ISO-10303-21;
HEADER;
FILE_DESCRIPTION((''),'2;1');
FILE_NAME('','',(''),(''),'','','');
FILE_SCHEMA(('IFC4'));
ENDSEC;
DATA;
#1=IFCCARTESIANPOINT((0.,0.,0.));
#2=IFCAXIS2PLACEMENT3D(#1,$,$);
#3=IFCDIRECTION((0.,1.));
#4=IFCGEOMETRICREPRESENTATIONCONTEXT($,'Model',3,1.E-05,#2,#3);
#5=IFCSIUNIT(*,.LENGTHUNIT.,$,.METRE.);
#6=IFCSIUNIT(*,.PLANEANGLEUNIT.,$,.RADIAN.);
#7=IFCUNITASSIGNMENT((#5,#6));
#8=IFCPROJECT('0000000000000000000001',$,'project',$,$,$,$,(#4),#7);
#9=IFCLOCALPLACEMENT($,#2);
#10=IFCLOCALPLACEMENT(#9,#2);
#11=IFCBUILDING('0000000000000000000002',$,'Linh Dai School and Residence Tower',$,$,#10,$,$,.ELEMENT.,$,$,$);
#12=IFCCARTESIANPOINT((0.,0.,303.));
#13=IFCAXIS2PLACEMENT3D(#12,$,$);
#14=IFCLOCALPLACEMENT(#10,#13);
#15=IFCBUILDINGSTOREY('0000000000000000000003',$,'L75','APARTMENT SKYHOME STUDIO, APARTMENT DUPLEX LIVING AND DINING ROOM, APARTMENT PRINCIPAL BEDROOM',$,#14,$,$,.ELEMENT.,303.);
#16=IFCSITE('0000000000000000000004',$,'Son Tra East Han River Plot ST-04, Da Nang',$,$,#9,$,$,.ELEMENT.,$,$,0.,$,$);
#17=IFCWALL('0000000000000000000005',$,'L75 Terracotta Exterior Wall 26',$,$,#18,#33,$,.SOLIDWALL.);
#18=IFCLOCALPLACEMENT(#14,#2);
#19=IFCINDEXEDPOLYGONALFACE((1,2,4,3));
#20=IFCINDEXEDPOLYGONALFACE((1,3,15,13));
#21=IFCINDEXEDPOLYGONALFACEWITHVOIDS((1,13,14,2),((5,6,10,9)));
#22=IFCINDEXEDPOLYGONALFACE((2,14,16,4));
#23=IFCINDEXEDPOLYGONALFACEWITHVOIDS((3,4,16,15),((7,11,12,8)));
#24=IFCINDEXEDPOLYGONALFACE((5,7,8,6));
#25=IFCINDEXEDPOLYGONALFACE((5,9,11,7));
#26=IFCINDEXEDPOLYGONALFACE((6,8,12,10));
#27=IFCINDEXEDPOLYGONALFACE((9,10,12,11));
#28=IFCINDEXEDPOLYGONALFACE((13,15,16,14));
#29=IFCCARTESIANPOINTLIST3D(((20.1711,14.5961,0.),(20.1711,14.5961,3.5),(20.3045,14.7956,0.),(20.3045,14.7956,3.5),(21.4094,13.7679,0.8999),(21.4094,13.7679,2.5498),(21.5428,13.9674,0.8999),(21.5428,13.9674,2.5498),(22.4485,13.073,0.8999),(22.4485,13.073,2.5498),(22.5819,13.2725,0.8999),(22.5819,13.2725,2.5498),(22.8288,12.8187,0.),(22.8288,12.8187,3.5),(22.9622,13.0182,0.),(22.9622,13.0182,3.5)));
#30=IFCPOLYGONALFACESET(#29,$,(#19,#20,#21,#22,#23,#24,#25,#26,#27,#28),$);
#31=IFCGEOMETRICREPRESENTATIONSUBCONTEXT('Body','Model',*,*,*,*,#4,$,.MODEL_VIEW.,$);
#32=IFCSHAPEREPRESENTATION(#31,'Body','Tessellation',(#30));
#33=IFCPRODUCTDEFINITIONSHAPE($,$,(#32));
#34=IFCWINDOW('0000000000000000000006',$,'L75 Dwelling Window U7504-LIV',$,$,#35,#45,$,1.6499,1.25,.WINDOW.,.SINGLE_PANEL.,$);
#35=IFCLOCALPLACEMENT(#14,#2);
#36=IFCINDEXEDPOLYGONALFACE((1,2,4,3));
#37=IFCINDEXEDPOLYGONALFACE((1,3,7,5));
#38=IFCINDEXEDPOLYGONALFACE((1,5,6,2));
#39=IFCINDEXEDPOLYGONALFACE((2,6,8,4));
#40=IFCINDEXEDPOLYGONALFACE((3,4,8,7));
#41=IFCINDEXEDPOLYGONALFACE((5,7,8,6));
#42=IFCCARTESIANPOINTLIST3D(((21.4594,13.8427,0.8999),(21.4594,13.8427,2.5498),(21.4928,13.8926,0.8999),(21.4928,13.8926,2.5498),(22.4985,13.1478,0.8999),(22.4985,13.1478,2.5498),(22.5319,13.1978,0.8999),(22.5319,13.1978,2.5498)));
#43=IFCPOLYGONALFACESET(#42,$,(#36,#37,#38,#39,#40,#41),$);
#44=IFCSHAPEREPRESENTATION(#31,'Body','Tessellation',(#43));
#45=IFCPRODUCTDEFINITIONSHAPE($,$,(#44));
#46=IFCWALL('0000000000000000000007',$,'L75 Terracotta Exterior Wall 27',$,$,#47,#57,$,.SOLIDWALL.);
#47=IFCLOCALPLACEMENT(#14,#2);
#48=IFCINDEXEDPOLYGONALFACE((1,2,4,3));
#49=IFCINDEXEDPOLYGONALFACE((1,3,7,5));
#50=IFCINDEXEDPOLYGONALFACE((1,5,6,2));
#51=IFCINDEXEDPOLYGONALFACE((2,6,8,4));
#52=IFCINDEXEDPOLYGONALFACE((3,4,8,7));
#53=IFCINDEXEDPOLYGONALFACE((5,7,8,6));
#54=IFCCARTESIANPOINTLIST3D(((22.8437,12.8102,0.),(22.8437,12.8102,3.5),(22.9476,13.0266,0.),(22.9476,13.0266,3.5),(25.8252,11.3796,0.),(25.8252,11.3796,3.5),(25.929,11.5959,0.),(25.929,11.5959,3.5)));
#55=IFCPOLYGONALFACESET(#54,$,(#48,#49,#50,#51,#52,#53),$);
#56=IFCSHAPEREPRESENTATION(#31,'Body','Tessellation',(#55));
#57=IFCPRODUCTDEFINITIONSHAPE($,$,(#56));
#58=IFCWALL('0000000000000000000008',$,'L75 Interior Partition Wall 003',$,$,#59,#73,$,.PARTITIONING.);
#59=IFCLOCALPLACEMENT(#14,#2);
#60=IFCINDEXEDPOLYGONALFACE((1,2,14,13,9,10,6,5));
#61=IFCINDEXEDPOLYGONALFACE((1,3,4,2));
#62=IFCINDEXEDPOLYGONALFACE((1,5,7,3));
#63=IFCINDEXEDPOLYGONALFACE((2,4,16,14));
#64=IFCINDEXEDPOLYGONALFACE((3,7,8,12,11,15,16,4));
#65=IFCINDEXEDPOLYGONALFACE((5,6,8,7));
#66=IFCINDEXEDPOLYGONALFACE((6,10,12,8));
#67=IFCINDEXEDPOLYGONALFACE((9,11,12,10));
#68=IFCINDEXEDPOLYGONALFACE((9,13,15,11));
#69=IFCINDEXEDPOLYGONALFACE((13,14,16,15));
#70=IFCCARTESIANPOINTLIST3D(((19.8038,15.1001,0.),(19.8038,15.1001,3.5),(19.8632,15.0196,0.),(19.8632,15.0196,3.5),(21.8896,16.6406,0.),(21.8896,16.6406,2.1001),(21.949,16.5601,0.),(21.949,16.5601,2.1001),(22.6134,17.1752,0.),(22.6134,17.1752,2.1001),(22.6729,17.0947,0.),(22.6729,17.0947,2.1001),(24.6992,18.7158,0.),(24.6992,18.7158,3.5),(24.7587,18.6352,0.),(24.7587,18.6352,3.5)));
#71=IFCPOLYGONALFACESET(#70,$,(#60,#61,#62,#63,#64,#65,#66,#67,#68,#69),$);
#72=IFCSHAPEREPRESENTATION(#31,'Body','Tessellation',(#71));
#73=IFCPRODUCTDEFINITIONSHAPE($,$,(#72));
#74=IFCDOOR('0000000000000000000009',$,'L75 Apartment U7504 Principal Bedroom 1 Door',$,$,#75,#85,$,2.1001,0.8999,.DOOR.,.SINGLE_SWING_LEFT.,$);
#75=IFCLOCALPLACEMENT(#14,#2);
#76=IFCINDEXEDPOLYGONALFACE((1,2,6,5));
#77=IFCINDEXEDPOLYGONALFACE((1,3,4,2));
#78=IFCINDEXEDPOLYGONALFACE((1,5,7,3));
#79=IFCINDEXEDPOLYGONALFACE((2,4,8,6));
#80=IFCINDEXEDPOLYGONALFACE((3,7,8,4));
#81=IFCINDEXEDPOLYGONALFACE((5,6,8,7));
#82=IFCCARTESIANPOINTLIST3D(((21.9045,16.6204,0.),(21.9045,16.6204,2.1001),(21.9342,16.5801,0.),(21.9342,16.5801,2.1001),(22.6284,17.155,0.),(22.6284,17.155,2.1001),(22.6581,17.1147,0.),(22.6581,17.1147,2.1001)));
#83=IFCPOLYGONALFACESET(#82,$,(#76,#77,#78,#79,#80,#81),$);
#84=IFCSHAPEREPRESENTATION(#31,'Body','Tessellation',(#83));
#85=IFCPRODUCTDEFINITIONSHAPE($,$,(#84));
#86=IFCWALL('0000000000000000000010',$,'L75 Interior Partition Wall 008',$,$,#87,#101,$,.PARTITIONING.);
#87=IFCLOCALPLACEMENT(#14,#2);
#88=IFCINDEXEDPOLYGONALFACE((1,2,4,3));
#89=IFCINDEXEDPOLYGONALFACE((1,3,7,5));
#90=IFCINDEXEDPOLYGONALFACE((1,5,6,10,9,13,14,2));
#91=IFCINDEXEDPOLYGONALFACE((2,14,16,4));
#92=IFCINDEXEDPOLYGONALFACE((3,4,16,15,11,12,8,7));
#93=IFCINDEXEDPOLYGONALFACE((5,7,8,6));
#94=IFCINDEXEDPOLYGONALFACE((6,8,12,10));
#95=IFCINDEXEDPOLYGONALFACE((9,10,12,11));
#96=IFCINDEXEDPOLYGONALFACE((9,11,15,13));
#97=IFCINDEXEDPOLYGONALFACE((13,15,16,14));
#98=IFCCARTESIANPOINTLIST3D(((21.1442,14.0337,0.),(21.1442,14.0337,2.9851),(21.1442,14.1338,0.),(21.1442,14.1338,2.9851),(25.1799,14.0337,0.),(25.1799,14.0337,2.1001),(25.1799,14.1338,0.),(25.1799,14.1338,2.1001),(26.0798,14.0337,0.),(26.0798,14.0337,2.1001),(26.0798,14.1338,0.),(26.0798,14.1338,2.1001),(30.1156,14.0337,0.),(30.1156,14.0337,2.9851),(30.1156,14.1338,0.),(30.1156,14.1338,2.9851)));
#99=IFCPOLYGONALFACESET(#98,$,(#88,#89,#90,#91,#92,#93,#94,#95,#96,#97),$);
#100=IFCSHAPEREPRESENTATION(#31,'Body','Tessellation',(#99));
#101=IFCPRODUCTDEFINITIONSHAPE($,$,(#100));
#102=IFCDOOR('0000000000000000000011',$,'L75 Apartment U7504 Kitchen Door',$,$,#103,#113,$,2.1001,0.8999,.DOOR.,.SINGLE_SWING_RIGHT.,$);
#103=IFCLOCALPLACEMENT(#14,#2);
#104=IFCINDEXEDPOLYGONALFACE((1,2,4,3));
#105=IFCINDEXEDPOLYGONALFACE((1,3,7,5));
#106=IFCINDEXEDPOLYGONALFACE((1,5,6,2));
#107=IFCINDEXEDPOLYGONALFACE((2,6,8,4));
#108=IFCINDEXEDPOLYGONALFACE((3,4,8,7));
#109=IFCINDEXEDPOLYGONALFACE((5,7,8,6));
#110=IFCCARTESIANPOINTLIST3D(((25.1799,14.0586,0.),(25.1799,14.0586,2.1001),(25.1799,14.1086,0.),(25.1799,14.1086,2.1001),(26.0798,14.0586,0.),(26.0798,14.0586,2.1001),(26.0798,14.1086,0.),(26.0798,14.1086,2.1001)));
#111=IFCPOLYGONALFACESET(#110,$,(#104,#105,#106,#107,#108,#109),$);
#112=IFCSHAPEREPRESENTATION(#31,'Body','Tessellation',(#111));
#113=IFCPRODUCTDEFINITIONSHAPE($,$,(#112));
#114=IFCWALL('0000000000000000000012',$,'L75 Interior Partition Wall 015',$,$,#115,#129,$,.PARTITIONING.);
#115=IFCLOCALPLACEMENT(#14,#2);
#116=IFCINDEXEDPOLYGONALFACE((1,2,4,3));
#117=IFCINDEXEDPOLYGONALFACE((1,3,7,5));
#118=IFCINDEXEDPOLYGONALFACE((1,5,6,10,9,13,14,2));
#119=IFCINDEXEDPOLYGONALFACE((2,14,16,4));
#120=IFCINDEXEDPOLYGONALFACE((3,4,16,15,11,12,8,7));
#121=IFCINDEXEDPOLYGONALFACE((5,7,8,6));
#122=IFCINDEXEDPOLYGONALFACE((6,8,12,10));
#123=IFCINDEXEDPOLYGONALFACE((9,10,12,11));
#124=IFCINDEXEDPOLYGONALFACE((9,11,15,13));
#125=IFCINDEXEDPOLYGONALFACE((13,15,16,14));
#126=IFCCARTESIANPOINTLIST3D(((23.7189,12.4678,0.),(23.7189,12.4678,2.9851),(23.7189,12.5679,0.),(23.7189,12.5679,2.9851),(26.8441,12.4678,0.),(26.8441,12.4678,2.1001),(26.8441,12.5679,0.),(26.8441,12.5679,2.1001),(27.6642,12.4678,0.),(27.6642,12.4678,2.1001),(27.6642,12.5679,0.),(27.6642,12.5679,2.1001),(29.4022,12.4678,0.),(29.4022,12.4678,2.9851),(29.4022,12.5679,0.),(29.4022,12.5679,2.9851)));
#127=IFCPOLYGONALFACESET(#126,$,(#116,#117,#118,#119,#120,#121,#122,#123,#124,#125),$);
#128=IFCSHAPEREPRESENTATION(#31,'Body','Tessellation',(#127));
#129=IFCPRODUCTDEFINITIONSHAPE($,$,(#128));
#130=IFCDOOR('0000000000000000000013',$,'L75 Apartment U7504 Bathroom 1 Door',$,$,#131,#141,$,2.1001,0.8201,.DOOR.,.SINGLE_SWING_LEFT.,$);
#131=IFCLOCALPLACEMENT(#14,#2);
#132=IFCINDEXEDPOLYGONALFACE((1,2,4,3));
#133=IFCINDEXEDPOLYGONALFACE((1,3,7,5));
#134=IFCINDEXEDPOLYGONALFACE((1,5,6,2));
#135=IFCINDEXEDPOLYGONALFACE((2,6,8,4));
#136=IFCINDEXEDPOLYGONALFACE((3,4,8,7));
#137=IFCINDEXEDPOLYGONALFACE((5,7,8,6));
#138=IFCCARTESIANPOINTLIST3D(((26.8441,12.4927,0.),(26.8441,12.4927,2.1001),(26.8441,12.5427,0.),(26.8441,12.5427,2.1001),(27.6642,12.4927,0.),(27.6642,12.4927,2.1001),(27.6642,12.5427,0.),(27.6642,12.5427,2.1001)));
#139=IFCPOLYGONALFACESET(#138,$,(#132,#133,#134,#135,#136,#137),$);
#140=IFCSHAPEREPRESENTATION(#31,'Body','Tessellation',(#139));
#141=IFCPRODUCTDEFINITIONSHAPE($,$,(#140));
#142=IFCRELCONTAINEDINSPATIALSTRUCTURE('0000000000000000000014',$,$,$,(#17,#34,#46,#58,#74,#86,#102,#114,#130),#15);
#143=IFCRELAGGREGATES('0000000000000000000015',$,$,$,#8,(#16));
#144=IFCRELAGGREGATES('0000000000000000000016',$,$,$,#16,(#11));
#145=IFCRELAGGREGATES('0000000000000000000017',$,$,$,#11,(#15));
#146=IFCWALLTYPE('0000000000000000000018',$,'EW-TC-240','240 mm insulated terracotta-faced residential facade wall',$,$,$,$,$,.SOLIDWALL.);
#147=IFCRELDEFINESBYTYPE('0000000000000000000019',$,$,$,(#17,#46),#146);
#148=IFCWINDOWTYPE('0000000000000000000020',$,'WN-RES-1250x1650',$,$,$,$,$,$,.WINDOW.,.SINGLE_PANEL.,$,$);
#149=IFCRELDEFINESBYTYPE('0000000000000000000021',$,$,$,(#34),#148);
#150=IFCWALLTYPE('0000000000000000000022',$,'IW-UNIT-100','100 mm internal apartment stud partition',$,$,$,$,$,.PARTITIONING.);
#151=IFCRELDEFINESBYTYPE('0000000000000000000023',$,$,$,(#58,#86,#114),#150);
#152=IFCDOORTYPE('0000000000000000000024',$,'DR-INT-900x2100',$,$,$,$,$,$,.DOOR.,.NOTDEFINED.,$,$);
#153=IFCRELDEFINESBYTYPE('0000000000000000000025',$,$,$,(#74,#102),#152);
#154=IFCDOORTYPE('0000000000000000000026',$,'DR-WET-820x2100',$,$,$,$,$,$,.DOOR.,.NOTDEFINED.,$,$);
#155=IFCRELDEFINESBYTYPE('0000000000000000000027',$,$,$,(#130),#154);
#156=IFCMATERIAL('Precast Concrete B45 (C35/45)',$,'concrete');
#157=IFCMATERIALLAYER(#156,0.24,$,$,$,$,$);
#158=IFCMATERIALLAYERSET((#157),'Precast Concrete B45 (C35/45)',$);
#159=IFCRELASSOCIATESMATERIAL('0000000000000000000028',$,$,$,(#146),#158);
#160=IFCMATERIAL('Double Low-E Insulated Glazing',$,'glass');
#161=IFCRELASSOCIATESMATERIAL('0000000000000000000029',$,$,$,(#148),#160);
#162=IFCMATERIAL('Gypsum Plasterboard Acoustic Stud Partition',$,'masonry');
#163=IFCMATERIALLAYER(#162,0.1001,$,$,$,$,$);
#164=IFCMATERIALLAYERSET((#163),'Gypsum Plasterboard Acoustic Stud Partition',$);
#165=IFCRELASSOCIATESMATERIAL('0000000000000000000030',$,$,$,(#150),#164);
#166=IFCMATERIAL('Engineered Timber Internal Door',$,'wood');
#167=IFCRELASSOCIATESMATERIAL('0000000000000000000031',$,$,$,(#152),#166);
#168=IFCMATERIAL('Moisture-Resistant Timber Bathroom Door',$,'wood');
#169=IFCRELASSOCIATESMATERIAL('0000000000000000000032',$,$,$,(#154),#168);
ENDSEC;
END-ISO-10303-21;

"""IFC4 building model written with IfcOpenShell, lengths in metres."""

from ifc_helpers import new_model, si_unit, direction, frame, frame_2d, origin, origin_2d, place, context, subcontext, project, spatial, rectangle, extrude, source, transform, mapped, material, layer, layer_set, type_object, element, fill, save


model = new_model("IFC4")

# Units and contexts
model_context = context("Model", 3, precision=1e-05, world=origin(), true_north=direction((0.0, 1.0)))
body_context = subcontext(model_context, "Body", "Model", "MODEL_VIEW")
ifc_project = project(units=[si_unit("LENGTHUNIT", "METRE"), si_unit("PLANEANGLEUNIT", "RADIAN")], contexts=[model_context])

# Site, building, storey
site_placement = place(None, origin())
site = spatial("IfcSite", under=ifc_project, at=site_placement, Name="Son Tra East Han River Plot ST-04, Da Nang", CompositionType="ELEMENT", RefElevation=0.0)
building_placement = place(site_placement, origin())
building = spatial("IfcBuilding", under=site, at=building_placement, Name="Linh Dai School and Residence Tower", CompositionType="ELEMENT")
storey_placement = place(building_placement, frame((0.0, 0.0, 303.0)))
storey = spatial("IfcBuildingStorey", under=building, at=storey_placement, Name="L75", Description="APARTMENT SKYHOME STUDIO, APARTMENT DUPLEX LIVING AND DINING ROOM, APARTMENT PRINCIPAL BEDROOM", CompositionType="ELEMENT", Elevation=303.0)

# Shared definitions
ifc_material_1 = material(Name="Precast Concrete B45 (C35/45)", Category="concrete")

# Shared definitions
ifc_layer_1 = layer(ifc_material_1, 0.24)
ifc_layer_set_1 = layer_set([ifc_layer_1], Name="Precast Concrete B45 (C35/45)")
wall_type_1 = type_object("IfcWallType", Name="EW-TC-240", Description="240 mm insulated terracotta-faced residential facade wall", PredefinedType="SOLIDWALL", material=ifc_layer_set_1)

# Wall, opening, window
wall_1_placement = place(storey_placement, frame((22.8955, 12.9185, 0.0), z_axis=(0.0, 0.0, 1.0), x_axis=(-0.831251, 0.555898, 0.0)))
wall_1 = element("IfcWall", 1, at=wall_1_placement, inside=storey, type_object=wall_type_1, Name="L75 Terracotta Exterior Wall 26", PredefinedType="SOLIDWALL", context=body_context, shape_type="SweptSolid", body=[
    extrude(rectangle(XDim=3.1973, YDim=0.24, at=frame_2d((1.5986, 0.0))), origin(), (0.0, 0.0, 1.0), 3.5),
])
opening_1_placement = place(wall_1_placement, frame((0.4575, 0.0, 0.8999)))
opening_1 = element("IfcOpeningElement", 2, at=opening_1_placement, cuts=wall_1, PredefinedType="OPENING", context=body_context, shape_type="SweptSolid", body=[
    extrude(rectangle(XDim=1.25, YDim=1.6499, at=origin_2d()), frame((0.625, 0.1299, 0.825), z_axis=(0.0, -1.0, 0.0), x_axis=(1.0, 0.0, 0.0)), (0.0, 0.0, 1.0), 0.26),
])
ifc_material_2 = material(Name="Double Low-E Insulated Glazing", Category="glass")
window_type = type_object("IfcWindowType", Name="WN-RES-1250x1650", PartitioningType="SINGLE_PANEL", PredefinedType="WINDOW", material=ifc_material_2)
shared_shape_1 = source(origin(), body_context, "Body", "SweptSolid", [
    extrude(rectangle(XDim=1.25, YDim=1.6499, at=origin_2d()), frame((0.625, 0.03, 0.825), z_axis=(0.0, -1.0, 0.0), x_axis=(1.0, 0.0, 0.0)), (0.0, 0.0, 1.0), 0.0601),
])
window_placement = place(opening_1_placement, origin())
window = element("IfcWindow", 3, at=window_placement, inside=storey, type_object=window_type, Name="L75 Dwelling Window U7504-LIV", OverallHeight=1.6499, OverallWidth=1.25, PartitioningType="SINGLE_PANEL", PredefinedType="WINDOW", context=body_context, shape_type="MappedRepresentation", body=[
    mapped(shared_shape_1, transform((0.0, 0.0, 0.0), x_axis=(1.0, 0.0, 0.0), y_axis=(0.0, 1.0, 0.0), z_axis=(0.0, 0.0, 1.0), scale=1.0)),
])
fill(opening_1, window)

# Wall
wall_2_placement = place(storey_placement, frame((25.877, 11.4878, 0.0), z_axis=(0.0, 0.0, 1.0), x_axis=(-0.901574, 0.432625, 0.0)))
element("IfcWall", 4, at=wall_2_placement, inside=storey, type_object=wall_type_1, Name="L75 Terracotta Exterior Wall 27", PredefinedType="SOLIDWALL", context=body_context, shape_type="SweptSolid", body=[
    extrude(rectangle(XDim=3.3069, YDim=0.24, at=frame_2d((1.6533, 0.0))), origin(), (0.0, 0.0, 1.0), 3.5),
])

# Walls, openings, doors
ifc_material_3 = material(Name="Gypsum Plasterboard Acoustic Stud Partition", Category="masonry")
ifc_layer_2 = layer(ifc_material_3, 0.1001)
ifc_layer_set_2 = layer_set([ifc_layer_2], Name="Gypsum Plasterboard Acoustic Stud Partition")
wall_type_2 = type_object("IfcWallType", Name="IW-UNIT-100", Description="100 mm internal apartment stud partition", PredefinedType="PARTITIONING", material=ifc_layer_set_2)
wall_3_placement = place(storey_placement, frame((19.8335, 15.0598, 0.0), z_axis=(0.0, 0.0, 1.0), x_axis=(0.804388, 0.594105, 0.0)))
wall_3 = element("IfcWall", 5, at=wall_3_placement, inside=storey, type_object=wall_type_2, Name="L75 Interior Partition Wall 003", PredefinedType="PARTITIONING", context=body_context, shape_type="SweptSolid", body=[
    extrude(rectangle(XDim=6.0859, YDim=0.1001, at=frame_2d((3.043, 0.0))), origin(), (0.0, 0.0, 1.0), 3.5),
])
opening_2_placement = place(wall_3_placement, frame((2.593, 0.0, 0.0)))
opening_2 = element("IfcOpeningElement", 6, at=opening_2_placement, cuts=wall_3, PredefinedType="OPENING", context=body_context, shape_type="SweptSolid", body=[
    extrude(rectangle(XDim=0.8999, YDim=2.1001, at=origin_2d()), frame((0.45, 0.0601, 1.05), z_axis=(0.0, -1.0, 0.0), x_axis=(1.0, 0.0, 0.0)), (0.0, 0.0, 1.0), 0.1201),
])
ifc_material_4 = material(Name="Engineered Timber Internal Door", Category="wood")
door_type_1 = type_object("IfcDoorType", Name="DR-INT-900x2100", OperationType="NOTDEFINED", PredefinedType="DOOR", material=ifc_material_4)
shared_shape_2 = source(origin(), body_context, "Body", "SweptSolid", [
    extrude(rectangle(XDim=0.8999, YDim=2.1001, at=origin_2d()), frame((0.45, 0.0249, 1.05), z_axis=(0.0, -1.0, 0.0), x_axis=(1.0, 0.0, 0.0)), (0.0, 0.0, 1.0), 0.05),
])
door_1_placement = place(opening_2_placement, origin())
door_1 = element("IfcDoor", 7, at=door_1_placement, inside=storey, type_object=door_type_1, Name="L75 Apartment U7504 Principal Bedroom 1 Door", OperationType="SINGLE_SWING_LEFT", OverallHeight=2.1001, OverallWidth=0.8999, PredefinedType="DOOR", context=body_context, shape_type="MappedRepresentation", body=[
    mapped(shared_shape_2, transform((0.0, 0.0, 0.0), x_axis=(1.0, 0.0, 0.0), y_axis=(0.0, 1.0, 0.0), z_axis=(0.0, 0.0, 1.0), scale=1.0)),
])
fill(opening_2, door_1)
wall_4_placement = place(storey_placement, frame((21.144, 14.0837, 0.0), z_axis=(0.0, 0.0, 1.0), x_axis=(1.0, 0.0, 0.0)))
wall_4 = element("IfcWall", 8, at=wall_4_placement, inside=storey, type_object=wall_type_2, Name="L75 Interior Partition Wall 008", PredefinedType="PARTITIONING", context=body_context, shape_type="SweptSolid", body=[
    extrude(rectangle(XDim=8.9714, YDim=0.1001, at=frame_2d((4.4858, 0.0))), origin(), (0.0, 0.0, 1.0), 2.9851),
])
opening_3_placement = place(wall_4_placement, frame((4.0359, 0.0, 0.0)))
opening_3 = element("IfcOpeningElement", 9, at=opening_3_placement, cuts=wall_4, PredefinedType="OPENING", context=body_context, shape_type="SweptSolid", body=[
    extrude(rectangle(XDim=0.8999, YDim=2.1001, at=origin_2d()), frame((0.45, 0.0601, 1.05), z_axis=(0.0, -1.0, 0.0), x_axis=(1.0, 0.0, 0.0)), (0.0, 0.0, 1.0), 0.1201),
])
door_2_placement = place(opening_3_placement, origin())
door_2 = element("IfcDoor", 10, at=door_2_placement, inside=storey, type_object=door_type_1, Name="L75 Apartment U7504 Kitchen Door", OperationType="SINGLE_SWING_RIGHT", OverallHeight=2.1001, OverallWidth=0.8999, PredefinedType="DOOR", context=body_context, shape_type="MappedRepresentation", body=[
    mapped(shared_shape_2, transform((0.0, 0.0, 0.0), x_axis=(1.0, 0.0, 0.0), y_axis=(0.0, 1.0, 0.0), z_axis=(0.0, 0.0, 1.0), scale=1.0)),
])
fill(opening_3, door_2)
wall_5_placement = place(storey_placement, frame((23.7188, 12.5178, 0.0), z_axis=(0.0, 0.0, 1.0), x_axis=(1.0, 0.0, 0.0)))
wall_5 = element("IfcWall", 11, at=wall_5_placement, inside=storey, type_object=wall_type_2, Name="L75 Interior Partition Wall 015", PredefinedType="PARTITIONING", context=body_context, shape_type="SweptSolid", body=[
    extrude(rectangle(XDim=5.6833, YDim=0.1001, at=frame_2d((2.8418, 0.0))), origin(), (0.0, 0.0, 1.0), 2.9851),
])
opening_4_placement = place(wall_5_placement, frame((3.1252, 0.0, 0.0)))
opening_4 = element("IfcOpeningElement", 12, at=opening_4_placement, cuts=wall_5, PredefinedType="OPENING", context=body_context, shape_type="SweptSolid", body=[
    extrude(rectangle(XDim=0.8201, YDim=2.1001, at=origin_2d()), frame((0.4102, 0.0601, 1.05), z_axis=(0.0, -1.0, 0.0), x_axis=(1.0, 0.0, 0.0)), (0.0, 0.0, 1.0), 0.1201),
])
ifc_material_5 = material(Name="Moisture-Resistant Timber Bathroom Door", Category="wood")
door_type_2 = type_object("IfcDoorType", Name="DR-WET-820x2100", OperationType="NOTDEFINED", PredefinedType="DOOR", material=ifc_material_5)
shared_shape_3 = source(origin(), body_context, "Body", "SweptSolid", [
    extrude(rectangle(XDim=0.8201, YDim=2.1001, at=origin_2d()), frame((0.4102, 0.0249, 1.05), z_axis=(0.0, -1.0, 0.0), x_axis=(1.0, 0.0, 0.0)), (0.0, 0.0, 1.0), 0.05),
])
door_3_placement = place(opening_4_placement, origin())
door_3 = element("IfcDoor", 13, at=door_3_placement, inside=storey, type_object=door_type_2, Name="L75 Apartment U7504 Bathroom 1 Door", OperationType="SINGLE_SWING_LEFT", OverallHeight=2.1001, OverallWidth=0.8201, PredefinedType="DOOR", context=body_context, shape_type="MappedRepresentation", body=[
    mapped(shared_shape_3, transform((0.0, 0.0, 0.0), x_axis=(1.0, 0.0, 0.0), y_axis=(0.0, 1.0, 0.0), z_axis=(0.0, 0.0, 1.0), scale=1.0)),
])
fill(opening_4, door_3)

save(model, "model.ifc")
